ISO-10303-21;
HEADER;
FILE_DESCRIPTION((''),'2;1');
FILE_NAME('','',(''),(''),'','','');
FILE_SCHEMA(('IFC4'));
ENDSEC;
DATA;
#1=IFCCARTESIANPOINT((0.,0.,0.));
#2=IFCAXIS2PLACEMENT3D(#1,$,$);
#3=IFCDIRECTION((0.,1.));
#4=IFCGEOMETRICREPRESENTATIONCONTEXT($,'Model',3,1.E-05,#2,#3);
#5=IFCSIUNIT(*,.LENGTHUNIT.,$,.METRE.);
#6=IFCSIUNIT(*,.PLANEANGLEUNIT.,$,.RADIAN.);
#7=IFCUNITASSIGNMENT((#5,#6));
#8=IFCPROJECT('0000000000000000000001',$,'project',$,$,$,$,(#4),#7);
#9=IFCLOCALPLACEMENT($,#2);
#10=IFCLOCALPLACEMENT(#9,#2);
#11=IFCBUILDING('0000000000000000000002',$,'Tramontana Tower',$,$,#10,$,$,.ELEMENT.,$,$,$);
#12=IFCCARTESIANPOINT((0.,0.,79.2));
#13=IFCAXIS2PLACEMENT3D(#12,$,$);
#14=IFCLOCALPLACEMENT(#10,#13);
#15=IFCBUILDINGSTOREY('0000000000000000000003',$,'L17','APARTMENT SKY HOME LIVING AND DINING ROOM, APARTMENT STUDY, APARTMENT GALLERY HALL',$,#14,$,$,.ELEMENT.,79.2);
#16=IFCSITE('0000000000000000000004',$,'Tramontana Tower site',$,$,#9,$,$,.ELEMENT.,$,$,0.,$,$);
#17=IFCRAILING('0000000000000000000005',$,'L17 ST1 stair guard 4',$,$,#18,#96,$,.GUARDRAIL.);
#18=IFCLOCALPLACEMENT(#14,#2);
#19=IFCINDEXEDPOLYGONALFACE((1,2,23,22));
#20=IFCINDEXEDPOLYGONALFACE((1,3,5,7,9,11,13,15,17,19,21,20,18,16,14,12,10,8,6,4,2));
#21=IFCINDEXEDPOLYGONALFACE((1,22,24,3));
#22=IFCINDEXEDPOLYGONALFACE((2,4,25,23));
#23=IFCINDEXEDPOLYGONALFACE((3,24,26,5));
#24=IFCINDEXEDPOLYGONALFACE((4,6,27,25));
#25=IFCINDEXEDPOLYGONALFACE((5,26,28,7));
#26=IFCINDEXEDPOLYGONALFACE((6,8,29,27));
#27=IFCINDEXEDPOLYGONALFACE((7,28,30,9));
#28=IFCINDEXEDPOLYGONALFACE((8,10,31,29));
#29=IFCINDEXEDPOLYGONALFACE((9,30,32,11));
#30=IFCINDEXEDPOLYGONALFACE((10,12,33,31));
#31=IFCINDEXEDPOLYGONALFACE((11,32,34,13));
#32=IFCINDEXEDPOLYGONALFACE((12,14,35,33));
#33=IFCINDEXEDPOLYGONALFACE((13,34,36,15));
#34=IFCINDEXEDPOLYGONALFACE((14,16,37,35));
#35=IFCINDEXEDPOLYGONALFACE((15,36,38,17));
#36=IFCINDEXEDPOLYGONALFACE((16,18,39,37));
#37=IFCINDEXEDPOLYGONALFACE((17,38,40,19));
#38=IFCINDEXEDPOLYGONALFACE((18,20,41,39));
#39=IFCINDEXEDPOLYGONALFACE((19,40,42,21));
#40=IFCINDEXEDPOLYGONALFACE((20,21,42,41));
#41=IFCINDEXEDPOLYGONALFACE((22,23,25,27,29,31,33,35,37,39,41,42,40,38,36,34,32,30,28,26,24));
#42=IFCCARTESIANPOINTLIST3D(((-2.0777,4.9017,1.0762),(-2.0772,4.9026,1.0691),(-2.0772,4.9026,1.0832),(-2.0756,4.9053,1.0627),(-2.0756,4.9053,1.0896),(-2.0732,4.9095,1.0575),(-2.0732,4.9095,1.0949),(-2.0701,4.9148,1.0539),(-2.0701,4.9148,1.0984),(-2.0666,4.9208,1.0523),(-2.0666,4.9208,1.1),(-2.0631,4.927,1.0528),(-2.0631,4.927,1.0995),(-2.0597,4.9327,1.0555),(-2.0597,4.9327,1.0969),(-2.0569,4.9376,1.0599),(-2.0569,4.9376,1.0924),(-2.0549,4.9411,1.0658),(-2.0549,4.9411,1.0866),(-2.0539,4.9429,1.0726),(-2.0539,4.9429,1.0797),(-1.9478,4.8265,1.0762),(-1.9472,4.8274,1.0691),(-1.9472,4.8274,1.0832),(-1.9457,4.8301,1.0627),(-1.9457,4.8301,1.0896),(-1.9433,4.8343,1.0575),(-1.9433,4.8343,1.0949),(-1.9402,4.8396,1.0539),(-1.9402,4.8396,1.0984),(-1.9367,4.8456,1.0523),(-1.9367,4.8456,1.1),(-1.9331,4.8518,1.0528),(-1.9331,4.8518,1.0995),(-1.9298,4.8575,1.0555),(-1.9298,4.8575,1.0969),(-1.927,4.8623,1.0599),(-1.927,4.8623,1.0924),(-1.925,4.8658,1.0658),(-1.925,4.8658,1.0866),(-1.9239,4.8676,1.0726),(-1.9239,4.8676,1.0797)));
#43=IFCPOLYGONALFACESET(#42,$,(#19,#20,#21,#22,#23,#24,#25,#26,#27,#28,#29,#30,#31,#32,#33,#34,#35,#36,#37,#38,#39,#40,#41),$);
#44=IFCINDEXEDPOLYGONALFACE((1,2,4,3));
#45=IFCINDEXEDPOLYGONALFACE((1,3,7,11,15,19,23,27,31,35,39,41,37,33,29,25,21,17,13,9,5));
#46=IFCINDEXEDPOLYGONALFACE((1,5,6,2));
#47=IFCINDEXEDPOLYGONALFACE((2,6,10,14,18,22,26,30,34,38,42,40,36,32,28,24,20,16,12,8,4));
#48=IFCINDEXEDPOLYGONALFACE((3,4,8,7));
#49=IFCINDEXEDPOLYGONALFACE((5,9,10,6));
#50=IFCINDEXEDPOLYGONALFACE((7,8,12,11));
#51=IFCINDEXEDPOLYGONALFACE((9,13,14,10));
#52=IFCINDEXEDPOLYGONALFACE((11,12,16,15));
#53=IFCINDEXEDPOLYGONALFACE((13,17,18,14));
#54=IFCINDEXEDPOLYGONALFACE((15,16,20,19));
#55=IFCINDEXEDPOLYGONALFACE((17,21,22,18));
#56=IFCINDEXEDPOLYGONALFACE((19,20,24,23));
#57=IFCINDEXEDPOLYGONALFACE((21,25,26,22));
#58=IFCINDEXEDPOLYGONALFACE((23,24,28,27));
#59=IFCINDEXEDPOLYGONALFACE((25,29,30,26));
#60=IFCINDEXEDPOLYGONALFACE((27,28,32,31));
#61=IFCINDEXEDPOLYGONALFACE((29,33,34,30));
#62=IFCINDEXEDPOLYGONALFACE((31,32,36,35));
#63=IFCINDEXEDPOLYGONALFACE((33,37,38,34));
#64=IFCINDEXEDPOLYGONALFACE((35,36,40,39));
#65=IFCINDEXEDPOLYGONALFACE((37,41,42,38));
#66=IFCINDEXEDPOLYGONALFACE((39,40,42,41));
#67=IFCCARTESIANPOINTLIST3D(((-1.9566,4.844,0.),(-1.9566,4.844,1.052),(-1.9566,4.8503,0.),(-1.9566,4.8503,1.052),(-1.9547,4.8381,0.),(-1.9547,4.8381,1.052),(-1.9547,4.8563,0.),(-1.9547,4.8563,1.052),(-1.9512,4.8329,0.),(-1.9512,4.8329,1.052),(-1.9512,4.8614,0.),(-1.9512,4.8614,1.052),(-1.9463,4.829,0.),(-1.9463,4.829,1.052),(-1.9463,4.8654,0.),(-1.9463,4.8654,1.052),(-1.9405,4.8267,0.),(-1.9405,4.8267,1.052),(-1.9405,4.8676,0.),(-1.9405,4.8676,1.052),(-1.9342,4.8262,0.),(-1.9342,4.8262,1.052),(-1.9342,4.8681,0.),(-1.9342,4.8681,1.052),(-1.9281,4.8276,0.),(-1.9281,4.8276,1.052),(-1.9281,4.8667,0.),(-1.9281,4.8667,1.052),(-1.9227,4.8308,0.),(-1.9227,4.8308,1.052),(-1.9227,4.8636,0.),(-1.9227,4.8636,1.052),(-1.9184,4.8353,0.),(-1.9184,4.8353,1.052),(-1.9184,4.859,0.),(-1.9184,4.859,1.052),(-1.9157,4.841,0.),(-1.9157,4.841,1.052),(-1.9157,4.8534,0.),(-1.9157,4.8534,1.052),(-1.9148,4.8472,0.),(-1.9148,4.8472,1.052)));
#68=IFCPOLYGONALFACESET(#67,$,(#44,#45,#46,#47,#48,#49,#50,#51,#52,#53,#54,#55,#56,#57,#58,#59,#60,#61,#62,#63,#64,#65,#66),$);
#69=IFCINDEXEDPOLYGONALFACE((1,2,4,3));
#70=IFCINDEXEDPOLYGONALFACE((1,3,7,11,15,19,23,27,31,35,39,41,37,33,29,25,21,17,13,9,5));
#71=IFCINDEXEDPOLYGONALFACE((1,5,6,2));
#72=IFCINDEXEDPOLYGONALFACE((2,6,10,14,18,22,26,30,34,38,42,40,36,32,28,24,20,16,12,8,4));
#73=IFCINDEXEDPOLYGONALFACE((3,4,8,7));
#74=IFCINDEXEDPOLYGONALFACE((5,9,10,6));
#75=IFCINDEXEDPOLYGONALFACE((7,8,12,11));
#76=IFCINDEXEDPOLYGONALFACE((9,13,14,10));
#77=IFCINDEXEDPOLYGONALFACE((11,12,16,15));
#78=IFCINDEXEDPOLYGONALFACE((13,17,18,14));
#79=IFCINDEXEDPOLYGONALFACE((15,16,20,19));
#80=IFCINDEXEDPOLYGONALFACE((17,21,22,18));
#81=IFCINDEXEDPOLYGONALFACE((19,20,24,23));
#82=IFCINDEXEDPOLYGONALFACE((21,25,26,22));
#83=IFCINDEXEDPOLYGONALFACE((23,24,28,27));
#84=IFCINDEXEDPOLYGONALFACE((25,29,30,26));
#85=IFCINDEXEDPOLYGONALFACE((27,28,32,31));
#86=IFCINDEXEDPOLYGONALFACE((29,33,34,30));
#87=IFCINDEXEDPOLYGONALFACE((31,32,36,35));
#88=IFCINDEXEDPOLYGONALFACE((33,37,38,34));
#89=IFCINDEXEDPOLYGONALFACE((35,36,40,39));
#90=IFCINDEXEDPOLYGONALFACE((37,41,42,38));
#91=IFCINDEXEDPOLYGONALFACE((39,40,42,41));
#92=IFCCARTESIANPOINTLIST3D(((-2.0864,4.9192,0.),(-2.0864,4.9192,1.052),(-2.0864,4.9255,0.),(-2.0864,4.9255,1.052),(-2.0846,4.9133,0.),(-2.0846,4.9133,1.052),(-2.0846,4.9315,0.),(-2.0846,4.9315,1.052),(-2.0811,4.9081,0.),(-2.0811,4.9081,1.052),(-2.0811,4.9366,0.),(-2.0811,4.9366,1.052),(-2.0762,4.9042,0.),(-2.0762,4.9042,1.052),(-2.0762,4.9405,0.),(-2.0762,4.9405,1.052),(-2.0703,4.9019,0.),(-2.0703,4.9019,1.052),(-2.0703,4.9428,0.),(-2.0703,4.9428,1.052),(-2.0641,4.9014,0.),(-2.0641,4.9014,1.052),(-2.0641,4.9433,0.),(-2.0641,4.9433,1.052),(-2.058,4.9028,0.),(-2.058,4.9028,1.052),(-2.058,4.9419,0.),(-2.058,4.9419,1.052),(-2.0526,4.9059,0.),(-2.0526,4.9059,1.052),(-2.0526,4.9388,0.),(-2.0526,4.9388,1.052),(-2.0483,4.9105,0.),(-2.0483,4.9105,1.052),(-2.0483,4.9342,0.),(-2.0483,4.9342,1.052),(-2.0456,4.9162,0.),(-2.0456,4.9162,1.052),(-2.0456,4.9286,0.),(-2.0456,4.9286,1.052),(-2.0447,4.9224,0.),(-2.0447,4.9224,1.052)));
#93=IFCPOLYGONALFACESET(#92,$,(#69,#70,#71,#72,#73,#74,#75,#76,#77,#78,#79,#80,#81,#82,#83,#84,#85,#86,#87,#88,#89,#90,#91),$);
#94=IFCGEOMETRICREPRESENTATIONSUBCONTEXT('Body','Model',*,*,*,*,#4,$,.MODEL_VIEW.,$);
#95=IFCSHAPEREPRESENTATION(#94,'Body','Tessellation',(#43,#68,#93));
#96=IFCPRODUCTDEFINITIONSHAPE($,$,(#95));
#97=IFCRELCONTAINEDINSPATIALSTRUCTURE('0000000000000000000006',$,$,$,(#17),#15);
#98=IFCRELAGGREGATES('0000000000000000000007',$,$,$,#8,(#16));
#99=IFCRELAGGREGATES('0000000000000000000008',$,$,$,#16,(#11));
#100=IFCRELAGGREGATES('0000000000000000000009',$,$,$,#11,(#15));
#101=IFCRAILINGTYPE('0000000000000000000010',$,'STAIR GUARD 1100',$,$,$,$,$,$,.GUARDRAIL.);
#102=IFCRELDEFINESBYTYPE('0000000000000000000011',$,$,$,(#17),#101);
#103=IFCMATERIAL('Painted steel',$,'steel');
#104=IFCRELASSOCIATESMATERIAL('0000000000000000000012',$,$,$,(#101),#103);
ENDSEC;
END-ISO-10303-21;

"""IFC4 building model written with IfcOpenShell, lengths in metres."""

from ifc_helpers import new_model, si_unit, direction, frame, origin, origin_2d, place, context, subcontext, project, spatial, circle, extrude, material, type_object, element, save


model = new_model("IFC4")

# Units and contexts
model_context = context("Model", 3, precision=1e-05, world=origin(), true_north=direction((0.0, 1.0)))
body_context = subcontext(model_context, "Body", "Model", "MODEL_VIEW")
ifc_project = project(units=[si_unit("LENGTHUNIT", "METRE"), si_unit("PLANEANGLEUNIT", "RADIAN")], contexts=[model_context])

# Site, building, storey
site_placement = place(None, origin())
site = spatial("IfcSite", under=ifc_project, at=site_placement, Name="Tramontana Tower site", CompositionType="ELEMENT", RefElevation=0.0)
building_placement = place(site_placement, origin())
building = spatial("IfcBuilding", under=site, at=building_placement, Name="Tramontana Tower", CompositionType="ELEMENT")
storey_placement = place(building_placement, frame((0.0, 0.0, 79.2)))
storey = spatial("IfcBuildingStorey", under=building, at=storey_placement, Name="L17", Description="APARTMENT SKY HOME LIVING AND DINING ROOM, APARTMENT STUDY, APARTMENT GALLERY HALL", CompositionType="ELEMENT", Elevation=79.2)

# Railing
ifc_material_1 = material(Name="Painted steel", Category="steel")
railing_type_1 = type_object("IfcRailingType", Name="STAIR GUARD 1100", PredefinedType="GUARDRAIL", material=ifc_material_1)
railing_1_placement = place(storey_placement, frame((-1.9358, 4.8472, 0.0)))
element("IfcRailing", 1, at=railing_1_placement, inside=storey, type_object=railing_type_1, Name="L17 ST1 stair guard 4", PredefinedType="GUARDRAIL", context=body_context, shape_type="SweptSolid", body=[
    extrude(circle(Radius=0.0239, at=origin_2d()), frame((0.0, 0.0, 1.0762), z_axis=(-0.865426, 0.501036, 0.0), x_axis=(-0.501036, -0.865426, 0.0)), (0.0, 0.0, 1.0), 0.1501),
    extrude(circle(Radius=0.021, at=origin_2d()), origin(), (0.0, 0.0, 1.0), 1.052),
    extrude(circle(Radius=0.021, at=origin_2d()), frame((-0.1299, 0.0752, 0.0)), (0.0, 0.0, 1.0), 1.052),
])

save(model, "model.ifc")
